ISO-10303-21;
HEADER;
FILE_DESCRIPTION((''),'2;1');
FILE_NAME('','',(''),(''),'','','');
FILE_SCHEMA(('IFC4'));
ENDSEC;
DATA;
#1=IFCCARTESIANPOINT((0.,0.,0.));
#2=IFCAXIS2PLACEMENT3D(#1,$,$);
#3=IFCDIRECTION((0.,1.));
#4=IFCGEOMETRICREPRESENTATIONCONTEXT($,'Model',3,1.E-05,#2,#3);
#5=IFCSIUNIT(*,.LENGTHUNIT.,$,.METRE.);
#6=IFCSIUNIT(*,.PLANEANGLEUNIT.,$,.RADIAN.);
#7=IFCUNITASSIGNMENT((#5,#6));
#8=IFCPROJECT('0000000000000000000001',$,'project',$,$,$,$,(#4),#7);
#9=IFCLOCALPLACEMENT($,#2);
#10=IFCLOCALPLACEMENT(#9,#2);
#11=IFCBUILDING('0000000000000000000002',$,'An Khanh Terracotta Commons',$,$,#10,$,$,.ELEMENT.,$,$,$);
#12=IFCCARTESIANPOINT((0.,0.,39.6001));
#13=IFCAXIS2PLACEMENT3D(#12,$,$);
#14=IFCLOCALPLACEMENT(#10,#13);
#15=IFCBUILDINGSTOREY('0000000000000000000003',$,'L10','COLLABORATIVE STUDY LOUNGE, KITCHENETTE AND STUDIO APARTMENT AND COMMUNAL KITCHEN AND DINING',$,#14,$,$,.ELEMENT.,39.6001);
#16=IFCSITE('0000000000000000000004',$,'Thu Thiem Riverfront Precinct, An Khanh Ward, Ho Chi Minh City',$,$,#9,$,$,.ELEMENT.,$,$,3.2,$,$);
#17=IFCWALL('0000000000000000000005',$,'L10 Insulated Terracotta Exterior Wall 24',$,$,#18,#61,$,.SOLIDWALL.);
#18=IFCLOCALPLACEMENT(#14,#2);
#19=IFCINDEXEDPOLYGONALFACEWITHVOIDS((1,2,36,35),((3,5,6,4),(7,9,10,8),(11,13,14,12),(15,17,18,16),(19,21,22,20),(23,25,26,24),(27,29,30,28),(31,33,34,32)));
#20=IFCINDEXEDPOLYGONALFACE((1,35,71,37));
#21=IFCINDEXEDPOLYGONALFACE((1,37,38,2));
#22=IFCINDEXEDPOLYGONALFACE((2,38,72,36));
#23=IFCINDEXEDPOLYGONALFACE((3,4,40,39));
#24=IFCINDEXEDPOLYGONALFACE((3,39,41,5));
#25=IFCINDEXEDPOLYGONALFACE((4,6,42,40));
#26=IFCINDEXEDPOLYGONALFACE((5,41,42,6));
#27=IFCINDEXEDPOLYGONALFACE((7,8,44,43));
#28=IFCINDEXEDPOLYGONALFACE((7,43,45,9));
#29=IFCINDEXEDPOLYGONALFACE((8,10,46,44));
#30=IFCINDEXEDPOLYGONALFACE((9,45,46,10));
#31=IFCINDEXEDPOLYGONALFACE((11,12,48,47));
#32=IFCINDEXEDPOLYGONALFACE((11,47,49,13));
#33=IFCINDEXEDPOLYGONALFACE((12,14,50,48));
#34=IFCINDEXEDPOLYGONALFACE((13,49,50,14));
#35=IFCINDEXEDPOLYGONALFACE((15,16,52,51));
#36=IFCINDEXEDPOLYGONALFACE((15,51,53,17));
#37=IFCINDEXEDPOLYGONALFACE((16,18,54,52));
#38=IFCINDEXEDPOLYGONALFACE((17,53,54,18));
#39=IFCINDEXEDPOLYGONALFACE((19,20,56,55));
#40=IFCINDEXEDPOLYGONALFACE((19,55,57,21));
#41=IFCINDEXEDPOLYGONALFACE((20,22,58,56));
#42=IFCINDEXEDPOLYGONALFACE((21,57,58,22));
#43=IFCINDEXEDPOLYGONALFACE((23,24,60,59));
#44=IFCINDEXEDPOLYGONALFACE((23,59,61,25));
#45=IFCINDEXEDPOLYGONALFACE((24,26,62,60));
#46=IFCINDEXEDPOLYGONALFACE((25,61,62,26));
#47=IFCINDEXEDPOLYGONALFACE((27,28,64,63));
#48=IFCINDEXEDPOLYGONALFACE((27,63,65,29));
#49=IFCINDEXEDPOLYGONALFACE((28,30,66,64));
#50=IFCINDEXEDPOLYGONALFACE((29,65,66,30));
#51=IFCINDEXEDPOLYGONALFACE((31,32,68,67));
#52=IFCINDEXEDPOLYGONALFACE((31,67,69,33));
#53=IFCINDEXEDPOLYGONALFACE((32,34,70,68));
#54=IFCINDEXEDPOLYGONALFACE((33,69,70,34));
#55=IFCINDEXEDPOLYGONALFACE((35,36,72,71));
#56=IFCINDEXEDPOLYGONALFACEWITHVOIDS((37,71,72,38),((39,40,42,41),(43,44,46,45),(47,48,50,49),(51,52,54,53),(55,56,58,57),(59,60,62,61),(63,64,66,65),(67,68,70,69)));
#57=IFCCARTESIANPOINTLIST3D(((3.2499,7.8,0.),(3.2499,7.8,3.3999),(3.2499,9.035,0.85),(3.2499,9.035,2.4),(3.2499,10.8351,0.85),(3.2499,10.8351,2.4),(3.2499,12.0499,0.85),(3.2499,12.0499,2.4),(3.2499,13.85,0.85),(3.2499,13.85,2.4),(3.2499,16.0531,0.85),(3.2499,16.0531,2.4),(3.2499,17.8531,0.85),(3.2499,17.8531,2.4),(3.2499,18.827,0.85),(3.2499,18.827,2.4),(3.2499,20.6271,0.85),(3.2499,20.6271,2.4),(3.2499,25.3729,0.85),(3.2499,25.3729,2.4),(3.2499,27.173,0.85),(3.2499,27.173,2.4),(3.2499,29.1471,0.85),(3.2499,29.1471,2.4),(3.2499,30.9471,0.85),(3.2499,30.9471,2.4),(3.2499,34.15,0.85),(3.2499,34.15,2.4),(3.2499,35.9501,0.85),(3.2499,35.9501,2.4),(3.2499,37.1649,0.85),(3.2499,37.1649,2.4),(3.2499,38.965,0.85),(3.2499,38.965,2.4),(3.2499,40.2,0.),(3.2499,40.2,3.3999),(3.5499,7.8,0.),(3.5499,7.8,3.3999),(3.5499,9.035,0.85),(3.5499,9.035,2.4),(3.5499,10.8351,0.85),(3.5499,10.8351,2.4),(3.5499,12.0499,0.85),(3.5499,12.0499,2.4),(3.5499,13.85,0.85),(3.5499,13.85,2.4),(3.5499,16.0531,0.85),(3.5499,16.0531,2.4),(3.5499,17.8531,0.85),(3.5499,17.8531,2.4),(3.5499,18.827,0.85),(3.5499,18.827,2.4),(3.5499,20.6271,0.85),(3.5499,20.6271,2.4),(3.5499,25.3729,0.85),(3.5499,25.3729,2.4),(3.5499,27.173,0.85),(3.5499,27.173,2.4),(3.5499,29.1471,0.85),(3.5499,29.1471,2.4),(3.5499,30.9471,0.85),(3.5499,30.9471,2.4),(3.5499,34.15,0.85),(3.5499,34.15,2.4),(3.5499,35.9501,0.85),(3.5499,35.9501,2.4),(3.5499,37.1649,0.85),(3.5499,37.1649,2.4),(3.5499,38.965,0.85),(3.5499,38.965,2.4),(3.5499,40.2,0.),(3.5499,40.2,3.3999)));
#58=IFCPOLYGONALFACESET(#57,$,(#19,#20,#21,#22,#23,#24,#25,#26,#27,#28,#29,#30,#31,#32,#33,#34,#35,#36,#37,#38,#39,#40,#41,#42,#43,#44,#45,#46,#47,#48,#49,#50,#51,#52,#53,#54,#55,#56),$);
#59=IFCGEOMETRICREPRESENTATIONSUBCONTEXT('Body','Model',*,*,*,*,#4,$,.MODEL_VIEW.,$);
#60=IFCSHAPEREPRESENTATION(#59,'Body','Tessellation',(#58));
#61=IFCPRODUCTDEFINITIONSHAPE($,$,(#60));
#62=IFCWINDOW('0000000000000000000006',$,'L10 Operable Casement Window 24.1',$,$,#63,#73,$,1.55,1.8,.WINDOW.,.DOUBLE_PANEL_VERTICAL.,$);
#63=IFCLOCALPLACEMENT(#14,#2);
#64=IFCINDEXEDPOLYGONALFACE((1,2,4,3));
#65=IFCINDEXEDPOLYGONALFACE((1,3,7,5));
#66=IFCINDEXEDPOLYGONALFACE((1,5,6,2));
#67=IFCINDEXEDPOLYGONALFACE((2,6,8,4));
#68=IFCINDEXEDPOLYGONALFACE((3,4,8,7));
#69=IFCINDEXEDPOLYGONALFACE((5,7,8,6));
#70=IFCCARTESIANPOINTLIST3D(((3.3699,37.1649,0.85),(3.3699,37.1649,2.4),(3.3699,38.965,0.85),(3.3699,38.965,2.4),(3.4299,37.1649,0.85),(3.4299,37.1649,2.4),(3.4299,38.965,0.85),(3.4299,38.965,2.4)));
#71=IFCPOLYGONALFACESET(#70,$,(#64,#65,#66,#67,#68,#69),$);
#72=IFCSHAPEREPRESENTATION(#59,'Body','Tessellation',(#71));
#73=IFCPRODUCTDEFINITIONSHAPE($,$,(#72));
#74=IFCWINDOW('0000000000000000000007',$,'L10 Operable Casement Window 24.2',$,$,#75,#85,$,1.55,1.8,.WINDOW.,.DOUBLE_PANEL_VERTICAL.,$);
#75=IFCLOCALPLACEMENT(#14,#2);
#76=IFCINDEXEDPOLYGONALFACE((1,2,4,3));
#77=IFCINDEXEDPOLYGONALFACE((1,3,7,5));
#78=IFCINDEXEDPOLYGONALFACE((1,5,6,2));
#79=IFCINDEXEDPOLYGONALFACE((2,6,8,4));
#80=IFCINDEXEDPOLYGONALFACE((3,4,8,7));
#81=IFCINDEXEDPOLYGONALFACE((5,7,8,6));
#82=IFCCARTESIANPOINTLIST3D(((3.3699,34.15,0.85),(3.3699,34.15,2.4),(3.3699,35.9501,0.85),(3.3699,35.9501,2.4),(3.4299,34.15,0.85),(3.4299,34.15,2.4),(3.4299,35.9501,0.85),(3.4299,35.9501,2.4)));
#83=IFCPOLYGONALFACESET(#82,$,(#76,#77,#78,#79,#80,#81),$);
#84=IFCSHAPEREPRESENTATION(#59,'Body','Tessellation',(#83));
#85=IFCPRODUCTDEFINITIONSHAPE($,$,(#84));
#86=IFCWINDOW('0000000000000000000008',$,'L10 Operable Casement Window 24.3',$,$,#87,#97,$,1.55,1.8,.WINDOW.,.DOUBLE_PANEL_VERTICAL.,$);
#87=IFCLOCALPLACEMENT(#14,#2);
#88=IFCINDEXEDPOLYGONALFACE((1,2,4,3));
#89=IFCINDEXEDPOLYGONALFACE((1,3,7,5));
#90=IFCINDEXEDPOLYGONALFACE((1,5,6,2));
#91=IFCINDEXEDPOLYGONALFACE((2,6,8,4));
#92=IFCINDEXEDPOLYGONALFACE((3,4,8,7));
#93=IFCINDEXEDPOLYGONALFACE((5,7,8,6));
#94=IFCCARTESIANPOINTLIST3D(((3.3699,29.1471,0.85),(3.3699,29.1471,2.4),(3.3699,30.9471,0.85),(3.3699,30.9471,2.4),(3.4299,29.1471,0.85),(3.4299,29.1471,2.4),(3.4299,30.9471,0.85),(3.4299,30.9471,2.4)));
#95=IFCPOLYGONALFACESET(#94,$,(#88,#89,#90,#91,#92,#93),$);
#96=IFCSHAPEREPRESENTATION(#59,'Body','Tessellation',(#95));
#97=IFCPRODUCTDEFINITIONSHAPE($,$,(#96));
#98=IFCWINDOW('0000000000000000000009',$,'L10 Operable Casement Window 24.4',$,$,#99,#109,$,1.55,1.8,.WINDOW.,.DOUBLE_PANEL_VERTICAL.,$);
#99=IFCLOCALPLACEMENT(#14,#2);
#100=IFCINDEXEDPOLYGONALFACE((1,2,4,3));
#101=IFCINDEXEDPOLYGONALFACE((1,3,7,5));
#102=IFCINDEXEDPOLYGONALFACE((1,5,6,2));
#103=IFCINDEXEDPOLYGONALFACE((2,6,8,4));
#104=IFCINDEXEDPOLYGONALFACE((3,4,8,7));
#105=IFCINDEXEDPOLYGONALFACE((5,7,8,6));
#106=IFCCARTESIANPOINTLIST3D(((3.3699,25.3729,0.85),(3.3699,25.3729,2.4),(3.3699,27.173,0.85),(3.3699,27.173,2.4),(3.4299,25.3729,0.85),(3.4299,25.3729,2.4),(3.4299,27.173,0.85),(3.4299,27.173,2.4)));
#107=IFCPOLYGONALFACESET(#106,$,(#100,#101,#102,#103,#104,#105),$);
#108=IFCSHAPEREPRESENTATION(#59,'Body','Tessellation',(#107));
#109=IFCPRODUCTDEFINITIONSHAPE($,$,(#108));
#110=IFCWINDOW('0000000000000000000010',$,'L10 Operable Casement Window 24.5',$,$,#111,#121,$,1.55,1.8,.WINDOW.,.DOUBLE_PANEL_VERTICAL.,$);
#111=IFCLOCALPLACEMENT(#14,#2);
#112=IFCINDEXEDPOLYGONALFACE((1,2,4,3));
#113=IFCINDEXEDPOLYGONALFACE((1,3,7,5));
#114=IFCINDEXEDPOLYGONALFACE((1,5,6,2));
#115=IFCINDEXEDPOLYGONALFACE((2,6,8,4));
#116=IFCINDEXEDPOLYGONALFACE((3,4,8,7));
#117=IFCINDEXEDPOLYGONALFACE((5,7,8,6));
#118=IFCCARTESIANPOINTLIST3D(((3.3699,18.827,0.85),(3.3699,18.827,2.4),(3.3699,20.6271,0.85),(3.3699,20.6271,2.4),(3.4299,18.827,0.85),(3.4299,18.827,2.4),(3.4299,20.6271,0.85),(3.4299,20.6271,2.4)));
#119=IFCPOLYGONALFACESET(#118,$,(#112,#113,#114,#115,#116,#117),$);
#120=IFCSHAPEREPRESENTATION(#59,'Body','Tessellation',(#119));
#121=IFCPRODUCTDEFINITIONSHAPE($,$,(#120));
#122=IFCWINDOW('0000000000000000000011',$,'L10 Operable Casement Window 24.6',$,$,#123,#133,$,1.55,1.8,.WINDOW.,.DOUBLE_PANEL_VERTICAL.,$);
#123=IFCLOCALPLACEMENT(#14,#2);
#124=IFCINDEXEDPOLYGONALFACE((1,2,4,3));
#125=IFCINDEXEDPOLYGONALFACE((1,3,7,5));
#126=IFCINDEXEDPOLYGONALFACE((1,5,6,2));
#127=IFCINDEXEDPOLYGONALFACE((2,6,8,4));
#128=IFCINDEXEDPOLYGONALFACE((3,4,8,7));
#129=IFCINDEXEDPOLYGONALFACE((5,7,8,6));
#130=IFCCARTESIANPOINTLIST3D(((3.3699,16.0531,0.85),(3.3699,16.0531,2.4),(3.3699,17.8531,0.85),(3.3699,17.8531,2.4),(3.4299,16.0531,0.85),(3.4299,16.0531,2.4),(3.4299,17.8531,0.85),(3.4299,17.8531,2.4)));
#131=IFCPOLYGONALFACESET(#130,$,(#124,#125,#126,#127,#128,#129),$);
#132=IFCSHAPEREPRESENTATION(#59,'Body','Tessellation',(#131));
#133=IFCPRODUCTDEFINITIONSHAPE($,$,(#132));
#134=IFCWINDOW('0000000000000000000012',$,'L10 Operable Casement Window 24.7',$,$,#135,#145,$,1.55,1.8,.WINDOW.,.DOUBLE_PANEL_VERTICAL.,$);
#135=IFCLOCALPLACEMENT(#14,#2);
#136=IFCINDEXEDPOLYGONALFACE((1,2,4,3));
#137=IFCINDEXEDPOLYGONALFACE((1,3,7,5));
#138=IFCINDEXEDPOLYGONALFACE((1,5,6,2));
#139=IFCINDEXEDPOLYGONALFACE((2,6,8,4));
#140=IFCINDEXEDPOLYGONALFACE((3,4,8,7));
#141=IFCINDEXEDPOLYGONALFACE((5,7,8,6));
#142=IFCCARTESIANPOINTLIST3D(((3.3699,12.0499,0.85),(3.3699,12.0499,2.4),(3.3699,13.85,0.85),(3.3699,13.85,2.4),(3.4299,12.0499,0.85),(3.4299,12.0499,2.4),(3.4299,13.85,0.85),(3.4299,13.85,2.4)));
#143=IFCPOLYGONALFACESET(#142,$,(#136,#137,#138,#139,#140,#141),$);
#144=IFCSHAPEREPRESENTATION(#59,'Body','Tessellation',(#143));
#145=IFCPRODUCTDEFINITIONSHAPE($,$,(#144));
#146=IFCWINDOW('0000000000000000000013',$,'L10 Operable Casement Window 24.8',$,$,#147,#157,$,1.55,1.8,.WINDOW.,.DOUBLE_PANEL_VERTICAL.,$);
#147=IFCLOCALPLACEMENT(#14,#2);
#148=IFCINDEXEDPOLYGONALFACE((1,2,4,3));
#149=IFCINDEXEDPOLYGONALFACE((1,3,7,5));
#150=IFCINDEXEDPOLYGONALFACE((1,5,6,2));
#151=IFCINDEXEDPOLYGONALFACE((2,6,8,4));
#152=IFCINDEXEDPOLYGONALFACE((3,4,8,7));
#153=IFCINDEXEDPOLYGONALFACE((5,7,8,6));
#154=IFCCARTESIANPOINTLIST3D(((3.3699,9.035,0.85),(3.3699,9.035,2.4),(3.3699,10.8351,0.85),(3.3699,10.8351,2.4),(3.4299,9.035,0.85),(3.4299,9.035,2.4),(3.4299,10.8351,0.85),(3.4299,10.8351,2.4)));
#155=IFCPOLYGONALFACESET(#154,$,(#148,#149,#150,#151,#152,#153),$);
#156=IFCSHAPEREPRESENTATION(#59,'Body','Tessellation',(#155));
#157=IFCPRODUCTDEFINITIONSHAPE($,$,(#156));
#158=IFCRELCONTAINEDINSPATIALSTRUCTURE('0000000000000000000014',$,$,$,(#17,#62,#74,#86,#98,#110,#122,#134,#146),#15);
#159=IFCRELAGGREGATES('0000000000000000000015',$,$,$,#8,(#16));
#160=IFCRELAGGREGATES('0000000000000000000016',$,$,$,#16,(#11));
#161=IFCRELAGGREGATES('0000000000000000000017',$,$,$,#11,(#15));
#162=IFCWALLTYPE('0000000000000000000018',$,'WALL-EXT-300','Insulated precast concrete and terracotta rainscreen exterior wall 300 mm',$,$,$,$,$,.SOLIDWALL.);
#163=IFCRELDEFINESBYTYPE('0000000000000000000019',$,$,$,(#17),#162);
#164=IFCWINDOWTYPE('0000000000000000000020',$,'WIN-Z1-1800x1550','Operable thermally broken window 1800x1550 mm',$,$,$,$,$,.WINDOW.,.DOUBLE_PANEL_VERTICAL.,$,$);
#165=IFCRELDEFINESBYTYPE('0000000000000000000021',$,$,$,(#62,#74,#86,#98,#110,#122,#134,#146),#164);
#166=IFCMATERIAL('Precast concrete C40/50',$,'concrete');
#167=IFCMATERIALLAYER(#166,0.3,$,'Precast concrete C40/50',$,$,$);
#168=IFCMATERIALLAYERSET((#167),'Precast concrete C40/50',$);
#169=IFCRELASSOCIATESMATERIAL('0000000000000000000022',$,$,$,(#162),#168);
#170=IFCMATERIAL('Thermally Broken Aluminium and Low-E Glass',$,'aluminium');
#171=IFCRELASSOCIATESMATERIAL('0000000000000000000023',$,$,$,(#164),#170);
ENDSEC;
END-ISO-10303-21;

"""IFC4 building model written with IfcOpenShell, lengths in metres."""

from ifc_helpers import new_model, si_unit, direction, frame, frame_2d, origin, place, context, subcontext, project, spatial, rectangle, extrude, material, layer, layer_set, type_object, element, fill, save


model = new_model("IFC4")

# Units and contexts
model_context = context("Model", 3, precision=1e-05, world=origin(), true_north=direction((0.0, 1.0)))
body_context = subcontext(model_context, "Body", "Model", "MODEL_VIEW")
ifc_project = project(units=[si_unit("LENGTHUNIT", "METRE"), si_unit("PLANEANGLEUNIT", "RADIAN")], contexts=[model_context])

# Site, building, storey
site_placement = place(None, origin())
site = spatial("IfcSite", under=ifc_project, at=site_placement, Name="Thu Thiem Riverfront Precinct, An Khanh Ward, Ho Chi Minh City", CompositionType="ELEMENT", RefElevation=3.2)
building_placement = place(site_placement, origin())
building = spatial("IfcBuilding", under=site, at=building_placement, Name="An Khanh Terracotta Commons", CompositionType="ELEMENT")
storey_placement = place(building_placement, frame((0.0, 0.0, 39.6001)))
storey = spatial("IfcBuildingStorey", under=building, at=storey_placement, Name="L10", Description="COLLABORATIVE STUDY LOUNGE, KITCHENETTE AND STUDIO APARTMENT AND COMMUNAL KITCHEN AND DINING", CompositionType="ELEMENT", Elevation=39.6001)

# Shared definitions
ifc_material_1 = material(Name="Precast concrete C40/50", Category="concrete")
ifc_layer_1 = layer(ifc_material_1, 0.3, Name="Precast concrete C40/50")
ifc_layer_set_1 = layer_set([ifc_layer_1], Name="Precast concrete C40/50")
wall_type_1 = type_object("IfcWallType", Name="WALL-EXT-300", Description="Insulated precast concrete and terracotta rainscreen exterior wall 300 mm", PredefinedType="SOLIDWALL", material=ifc_layer_set_1)

# Wall, openings, windows
wall_1_placement = place(storey_placement, frame((3.3999, 40.2, 0.0), z_axis=(0.0, 0.0, 1.0), x_axis=(0.0, -1.0, 0.0)))
wall_1 = element("IfcWall", 1, at=wall_1_placement, inside=storey, type_object=wall_type_1, Name="L10 Insulated Terracotta Exterior Wall 24", PredefinedType="SOLIDWALL", context=body_context, shape_type="SweptSolid", body=[
    extrude(rectangle(XDim=32.3999, YDim=0.3, at=frame_2d((16.2, 0.0))), origin(), (0.0, 0.0, 1.0), 3.3999),
])
opening_1_placement = place(wall_1_placement, frame((1.2351, 0.0, 0.8501)))
opening_1 = element("IfcOpeningElement", 2, at=opening_1_placement, cuts=wall_1, PredefinedType="OPENING", context=body_context, shape_type="SweptSolid", body=[
    extrude(rectangle(XDim=1.8, YDim=1.55, at=frame_2d((0.8999, 0.7749))), frame((0.0, 0.1599, 0.0), z_axis=(0.0, -1.0, 0.0), x_axis=(1.0, 0.0, 0.0)), (0.0, 0.0, 1.0), 0.3201),
])
opening_2_placement = place(wall_1_placement, frame((4.25, 0.0, 0.8501)))
opening_2 = element("IfcOpeningElement", 3, at=opening_2_placement, cuts=wall_1, PredefinedType="OPENING", context=body_context, shape_type="SweptSolid", body=[
    extrude(rectangle(XDim=1.8, YDim=1.55, at=frame_2d((0.8999, 0.7749))), frame((0.0, 0.1599, 0.0), z_axis=(0.0, -1.0, 0.0), x_axis=(1.0, 0.0, 0.0)), (0.0, 0.0, 1.0), 0.3201),
])
opening_3_placement = place(wall_1_placement, frame((9.2529, 0.0, 0.8501)))
opening_3 = element("IfcOpeningElement", 4, at=opening_3_placement, cuts=wall_1, PredefinedType="OPENING", context=body_context, shape_type="SweptSolid", body=[
    extrude(rectangle(XDim=1.8, YDim=1.55, at=frame_2d((0.8999, 0.7749))), frame((0.0, 0.1599, 0.0), z_axis=(0.0, -1.0, 0.0), x_axis=(1.0, 0.0, 0.0)), (0.0, 0.0, 1.0), 0.3201),
])
opening_4_placement = place(wall_1_placement, frame((13.0271, 0.0, 0.8501)))
opening_4 = element("IfcOpeningElement", 5, at=opening_4_placement, cuts=wall_1, PredefinedType="OPENING", context=body_context, shape_type="SweptSolid", body=[
    extrude(rectangle(XDim=1.8, YDim=1.55, at=frame_2d((0.8999, 0.7749))), frame((0.0, 0.1599, 0.0), z_axis=(0.0, -1.0, 0.0), x_axis=(1.0, 0.0, 0.0)), (0.0, 0.0, 1.0), 0.3201),
])
opening_5_placement = place(wall_1_placement, frame((19.573, 0.0, 0.8501)))
opening_5 = element("IfcOpeningElement", 6, at=opening_5_placement, cuts=wall_1, PredefinedType="OPENING", context=body_context, shape_type="SweptSolid", body=[
    extrude(rectangle(XDim=1.8, YDim=1.55, at=frame_2d((0.8999, 0.7749))), frame((0.0, 0.1599, 0.0), z_axis=(0.0, -1.0, 0.0), x_axis=(1.0, 0.0, 0.0)), (0.0, 0.0, 1.0), 0.3201),
])
opening_6_placement = place(wall_1_placement, frame((22.3469, 0.0, 0.8501)))
opening_6 = element("IfcOpeningElement", 7, at=opening_6_placement, cuts=wall_1, PredefinedType="OPENING", context=body_context, shape_type="SweptSolid", body=[
    extrude(rectangle(XDim=1.8, YDim=1.55, at=frame_2d((0.8999, 0.7749))), frame((0.0, 0.1599, 0.0), z_axis=(0.0, -1.0, 0.0), x_axis=(1.0, 0.0, 0.0)), (0.0, 0.0, 1.0), 0.3201),
])
opening_7_placement = place(wall_1_placement, frame((26.3501, 0.0, 0.8501)))
opening_7 = element("IfcOpeningElement", 8, at=opening_7_placement, cuts=wall_1, PredefinedType="OPENING", context=body_context, shape_type="SweptSolid", body=[
    extrude(rectangle(XDim=1.8, YDim=1.55, at=frame_2d((0.8999, 0.7749))), frame((0.0, 0.1599, 0.0), z_axis=(0.0, -1.0, 0.0), x_axis=(1.0, 0.0, 0.0)), (0.0, 0.0, 1.0), 0.3201),
])
opening_8_placement = place(wall_1_placement, frame((29.365, 0.0, 0.8501)))
opening_8 = element("IfcOpeningElement", 9, at=opening_8_placement, cuts=wall_1, PredefinedType="OPENING", context=body_context, shape_type="SweptSolid", body=[
    extrude(rectangle(XDim=1.8, YDim=1.55, at=frame_2d((0.8999, 0.7749))), frame((0.0, 0.1599, 0.0), z_axis=(0.0, -1.0, 0.0), x_axis=(1.0, 0.0, 0.0)), (0.0, 0.0, 1.0), 0.3201),
])
ifc_material_2 = material(Name="Thermally Broken Aluminium and Low-E Glass", Category="aluminium")
window_type = type_object("IfcWindowType", Name="WIN-Z1-1800x1550", Description="Operable thermally broken window 1800x1550 mm", PartitioningType="DOUBLE_PANEL_VERTICAL", PredefinedType="WINDOW", material=ifc_material_2)
window_1_placement = place(opening_1_placement, origin())
window_1 = element("IfcWindow", 10, at=window_1_placement, inside=storey, type_object=window_type, Name="L10 Operable Casement Window 24.1", OverallHeight=1.55, OverallWidth=1.8, PartitioningType="DOUBLE_PANEL_VERTICAL", PredefinedType="WINDOW", context=body_context, shape_type="SweptSolid", body=[
    extrude(rectangle(XDim=1.8, YDim=1.55, at=frame_2d((0.8999, 0.7749))), frame((0.0, 0.03, 0.0), z_axis=(0.0, -1.0, 0.0), x_axis=(1.0, 0.0, 0.0)), (0.0, 0.0, 1.0), 0.0601),
])
fill(opening_1, window_1)
window_2_placement = place(opening_2_placement, origin())
window_2 = element("IfcWindow", 11, at=window_2_placement, inside=storey, type_object=window_type, Name="L10 Operable Casement Window 24.2", OverallHeight=1.55, OverallWidth=1.8, PartitioningType="DOUBLE_PANEL_VERTICAL", PredefinedType="WINDOW", context=body_context, shape_type="SweptSolid", body=[
    extrude(rectangle(XDim=1.8, YDim=1.55, at=frame_2d((0.8999, 0.7749))), frame((0.0, 0.03, 0.0), z_axis=(0.0, -1.0, 0.0), x_axis=(1.0, 0.0, 0.0)), (0.0, 0.0, 1.0), 0.0601),
])
fill(opening_2, window_2)
window_3_placement = place(opening_3_placement, origin())
window_3 = element("IfcWindow", 12, at=window_3_placement, inside=storey, type_object=window_type, Name="L10 Operable Casement Window 24.3", OverallHeight=1.55, OverallWidth=1.8, PartitioningType="DOUBLE_PANEL_VERTICAL", PredefinedType="WINDOW", context=body_context, shape_type="SweptSolid", body=[
    extrude(rectangle(XDim=1.8, YDim=1.55, at=frame_2d((0.8999, 0.7749))), frame((0.0, 0.03, 0.0), z_axis=(0.0, -1.0, 0.0), x_axis=(1.0, 0.0, 0.0)), (0.0, 0.0, 1.0), 0.0601),
])
fill(opening_3, window_3)
window_4_placement = place(opening_4_placement, origin())
window_4 = element("IfcWindow", 13, at=window_4_placement, inside=storey, type_object=window_type, Name="L10 Operable Casement Window 24.4", OverallHeight=1.55, OverallWidth=1.8, PartitioningType="DOUBLE_PANEL_VERTICAL", PredefinedType="WINDOW", context=body_context, shape_type="SweptSolid", body=[
    extrude(rectangle(XDim=1.8, YDim=1.55, at=frame_2d((0.8999, 0.7749))), frame((0.0, 0.03, 0.0), z_axis=(0.0, -1.0, 0.0), x_axis=(1.0, 0.0, 0.0)), (0.0, 0.0, 1.0), 0.0601),
])
fill(opening_4, window_4)
window_5_placement = place(opening_5_placement, origin())
window_5 = element("IfcWindow", 14, at=window_5_placement, inside=storey, type_object=window_type, Name="L10 Operable Casement Window 24.5", OverallHeight=1.55, OverallWidth=1.8, PartitioningType="DOUBLE_PANEL_VERTICAL", PredefinedType="WINDOW", context=body_context, shape_type="SweptSolid", body=[
    extrude(rectangle(XDim=1.8, YDim=1.55, at=frame_2d((0.8999, 0.7749))), frame((0.0, 0.03, 0.0), z_axis=(0.0, -1.0, 0.0), x_axis=(1.0, 0.0, 0.0)), (0.0, 0.0, 1.0), 0.0601),
])
fill(opening_5, window_5)
window_6_placement = place(opening_6_placement, origin())
window_6 = element("IfcWindow", 15, at=window_6_placement, inside=storey, type_object=window_type, Name="L10 Operable Casement Window 24.6", OverallHeight=1.55, OverallWidth=1.8, PartitioningType="DOUBLE_PANEL_VERTICAL", PredefinedType="WINDOW", context=body_context, shape_type="SweptSolid", body=[
    extrude(rectangle(XDim=1.8, YDim=1.55, at=frame_2d((0.8999, 0.7749))), frame((0.0, 0.03, 0.0), z_axis=(0.0, -1.0, 0.0), x_axis=(1.0, 0.0, 0.0)), (0.0, 0.0, 1.0), 0.0601),
])
fill(opening_6, window_6)
window_7_placement = place(opening_7_placement, origin())
window_7 = element("IfcWindow", 16, at=window_7_placement, inside=storey, type_object=window_type, Name="L10 Operable Casement Window 24.7", OverallHeight=1.55, OverallWidth=1.8, PartitioningType="DOUBLE_PANEL_VERTICAL", PredefinedType="WINDOW", context=body_context, shape_type="SweptSolid", body=[
    extrude(rectangle(XDim=1.8, YDim=1.55, at=frame_2d((0.8999, 0.7749))), frame((0.0, 0.03, 0.0), z_axis=(0.0, -1.0, 0.0), x_axis=(1.0, 0.0, 0.0)), (0.0, 0.0, 1.0), 0.0601),
])
fill(opening_7, window_7)
window_8_placement = place(opening_8_placement, origin())
window_8 = element("IfcWindow", 17, at=window_8_placement, inside=storey, type_object=window_type, Name="L10 Operable Casement Window 24.8", OverallHeight=1.55, OverallWidth=1.8, PartitioningType="DOUBLE_PANEL_VERTICAL", PredefinedType="WINDOW", context=body_context, shape_type="SweptSolid", body=[
    extrude(rectangle(XDim=1.8, YDim=1.55, at=frame_2d((0.8999, 0.7749))), frame((0.0, 0.03, 0.0), z_axis=(0.0, -1.0, 0.0), x_axis=(1.0, 0.0, 0.0)), (0.0, 0.0, 1.0), 0.0601),
])
fill(opening_8, window_8)

save(model, "model.ifc")
